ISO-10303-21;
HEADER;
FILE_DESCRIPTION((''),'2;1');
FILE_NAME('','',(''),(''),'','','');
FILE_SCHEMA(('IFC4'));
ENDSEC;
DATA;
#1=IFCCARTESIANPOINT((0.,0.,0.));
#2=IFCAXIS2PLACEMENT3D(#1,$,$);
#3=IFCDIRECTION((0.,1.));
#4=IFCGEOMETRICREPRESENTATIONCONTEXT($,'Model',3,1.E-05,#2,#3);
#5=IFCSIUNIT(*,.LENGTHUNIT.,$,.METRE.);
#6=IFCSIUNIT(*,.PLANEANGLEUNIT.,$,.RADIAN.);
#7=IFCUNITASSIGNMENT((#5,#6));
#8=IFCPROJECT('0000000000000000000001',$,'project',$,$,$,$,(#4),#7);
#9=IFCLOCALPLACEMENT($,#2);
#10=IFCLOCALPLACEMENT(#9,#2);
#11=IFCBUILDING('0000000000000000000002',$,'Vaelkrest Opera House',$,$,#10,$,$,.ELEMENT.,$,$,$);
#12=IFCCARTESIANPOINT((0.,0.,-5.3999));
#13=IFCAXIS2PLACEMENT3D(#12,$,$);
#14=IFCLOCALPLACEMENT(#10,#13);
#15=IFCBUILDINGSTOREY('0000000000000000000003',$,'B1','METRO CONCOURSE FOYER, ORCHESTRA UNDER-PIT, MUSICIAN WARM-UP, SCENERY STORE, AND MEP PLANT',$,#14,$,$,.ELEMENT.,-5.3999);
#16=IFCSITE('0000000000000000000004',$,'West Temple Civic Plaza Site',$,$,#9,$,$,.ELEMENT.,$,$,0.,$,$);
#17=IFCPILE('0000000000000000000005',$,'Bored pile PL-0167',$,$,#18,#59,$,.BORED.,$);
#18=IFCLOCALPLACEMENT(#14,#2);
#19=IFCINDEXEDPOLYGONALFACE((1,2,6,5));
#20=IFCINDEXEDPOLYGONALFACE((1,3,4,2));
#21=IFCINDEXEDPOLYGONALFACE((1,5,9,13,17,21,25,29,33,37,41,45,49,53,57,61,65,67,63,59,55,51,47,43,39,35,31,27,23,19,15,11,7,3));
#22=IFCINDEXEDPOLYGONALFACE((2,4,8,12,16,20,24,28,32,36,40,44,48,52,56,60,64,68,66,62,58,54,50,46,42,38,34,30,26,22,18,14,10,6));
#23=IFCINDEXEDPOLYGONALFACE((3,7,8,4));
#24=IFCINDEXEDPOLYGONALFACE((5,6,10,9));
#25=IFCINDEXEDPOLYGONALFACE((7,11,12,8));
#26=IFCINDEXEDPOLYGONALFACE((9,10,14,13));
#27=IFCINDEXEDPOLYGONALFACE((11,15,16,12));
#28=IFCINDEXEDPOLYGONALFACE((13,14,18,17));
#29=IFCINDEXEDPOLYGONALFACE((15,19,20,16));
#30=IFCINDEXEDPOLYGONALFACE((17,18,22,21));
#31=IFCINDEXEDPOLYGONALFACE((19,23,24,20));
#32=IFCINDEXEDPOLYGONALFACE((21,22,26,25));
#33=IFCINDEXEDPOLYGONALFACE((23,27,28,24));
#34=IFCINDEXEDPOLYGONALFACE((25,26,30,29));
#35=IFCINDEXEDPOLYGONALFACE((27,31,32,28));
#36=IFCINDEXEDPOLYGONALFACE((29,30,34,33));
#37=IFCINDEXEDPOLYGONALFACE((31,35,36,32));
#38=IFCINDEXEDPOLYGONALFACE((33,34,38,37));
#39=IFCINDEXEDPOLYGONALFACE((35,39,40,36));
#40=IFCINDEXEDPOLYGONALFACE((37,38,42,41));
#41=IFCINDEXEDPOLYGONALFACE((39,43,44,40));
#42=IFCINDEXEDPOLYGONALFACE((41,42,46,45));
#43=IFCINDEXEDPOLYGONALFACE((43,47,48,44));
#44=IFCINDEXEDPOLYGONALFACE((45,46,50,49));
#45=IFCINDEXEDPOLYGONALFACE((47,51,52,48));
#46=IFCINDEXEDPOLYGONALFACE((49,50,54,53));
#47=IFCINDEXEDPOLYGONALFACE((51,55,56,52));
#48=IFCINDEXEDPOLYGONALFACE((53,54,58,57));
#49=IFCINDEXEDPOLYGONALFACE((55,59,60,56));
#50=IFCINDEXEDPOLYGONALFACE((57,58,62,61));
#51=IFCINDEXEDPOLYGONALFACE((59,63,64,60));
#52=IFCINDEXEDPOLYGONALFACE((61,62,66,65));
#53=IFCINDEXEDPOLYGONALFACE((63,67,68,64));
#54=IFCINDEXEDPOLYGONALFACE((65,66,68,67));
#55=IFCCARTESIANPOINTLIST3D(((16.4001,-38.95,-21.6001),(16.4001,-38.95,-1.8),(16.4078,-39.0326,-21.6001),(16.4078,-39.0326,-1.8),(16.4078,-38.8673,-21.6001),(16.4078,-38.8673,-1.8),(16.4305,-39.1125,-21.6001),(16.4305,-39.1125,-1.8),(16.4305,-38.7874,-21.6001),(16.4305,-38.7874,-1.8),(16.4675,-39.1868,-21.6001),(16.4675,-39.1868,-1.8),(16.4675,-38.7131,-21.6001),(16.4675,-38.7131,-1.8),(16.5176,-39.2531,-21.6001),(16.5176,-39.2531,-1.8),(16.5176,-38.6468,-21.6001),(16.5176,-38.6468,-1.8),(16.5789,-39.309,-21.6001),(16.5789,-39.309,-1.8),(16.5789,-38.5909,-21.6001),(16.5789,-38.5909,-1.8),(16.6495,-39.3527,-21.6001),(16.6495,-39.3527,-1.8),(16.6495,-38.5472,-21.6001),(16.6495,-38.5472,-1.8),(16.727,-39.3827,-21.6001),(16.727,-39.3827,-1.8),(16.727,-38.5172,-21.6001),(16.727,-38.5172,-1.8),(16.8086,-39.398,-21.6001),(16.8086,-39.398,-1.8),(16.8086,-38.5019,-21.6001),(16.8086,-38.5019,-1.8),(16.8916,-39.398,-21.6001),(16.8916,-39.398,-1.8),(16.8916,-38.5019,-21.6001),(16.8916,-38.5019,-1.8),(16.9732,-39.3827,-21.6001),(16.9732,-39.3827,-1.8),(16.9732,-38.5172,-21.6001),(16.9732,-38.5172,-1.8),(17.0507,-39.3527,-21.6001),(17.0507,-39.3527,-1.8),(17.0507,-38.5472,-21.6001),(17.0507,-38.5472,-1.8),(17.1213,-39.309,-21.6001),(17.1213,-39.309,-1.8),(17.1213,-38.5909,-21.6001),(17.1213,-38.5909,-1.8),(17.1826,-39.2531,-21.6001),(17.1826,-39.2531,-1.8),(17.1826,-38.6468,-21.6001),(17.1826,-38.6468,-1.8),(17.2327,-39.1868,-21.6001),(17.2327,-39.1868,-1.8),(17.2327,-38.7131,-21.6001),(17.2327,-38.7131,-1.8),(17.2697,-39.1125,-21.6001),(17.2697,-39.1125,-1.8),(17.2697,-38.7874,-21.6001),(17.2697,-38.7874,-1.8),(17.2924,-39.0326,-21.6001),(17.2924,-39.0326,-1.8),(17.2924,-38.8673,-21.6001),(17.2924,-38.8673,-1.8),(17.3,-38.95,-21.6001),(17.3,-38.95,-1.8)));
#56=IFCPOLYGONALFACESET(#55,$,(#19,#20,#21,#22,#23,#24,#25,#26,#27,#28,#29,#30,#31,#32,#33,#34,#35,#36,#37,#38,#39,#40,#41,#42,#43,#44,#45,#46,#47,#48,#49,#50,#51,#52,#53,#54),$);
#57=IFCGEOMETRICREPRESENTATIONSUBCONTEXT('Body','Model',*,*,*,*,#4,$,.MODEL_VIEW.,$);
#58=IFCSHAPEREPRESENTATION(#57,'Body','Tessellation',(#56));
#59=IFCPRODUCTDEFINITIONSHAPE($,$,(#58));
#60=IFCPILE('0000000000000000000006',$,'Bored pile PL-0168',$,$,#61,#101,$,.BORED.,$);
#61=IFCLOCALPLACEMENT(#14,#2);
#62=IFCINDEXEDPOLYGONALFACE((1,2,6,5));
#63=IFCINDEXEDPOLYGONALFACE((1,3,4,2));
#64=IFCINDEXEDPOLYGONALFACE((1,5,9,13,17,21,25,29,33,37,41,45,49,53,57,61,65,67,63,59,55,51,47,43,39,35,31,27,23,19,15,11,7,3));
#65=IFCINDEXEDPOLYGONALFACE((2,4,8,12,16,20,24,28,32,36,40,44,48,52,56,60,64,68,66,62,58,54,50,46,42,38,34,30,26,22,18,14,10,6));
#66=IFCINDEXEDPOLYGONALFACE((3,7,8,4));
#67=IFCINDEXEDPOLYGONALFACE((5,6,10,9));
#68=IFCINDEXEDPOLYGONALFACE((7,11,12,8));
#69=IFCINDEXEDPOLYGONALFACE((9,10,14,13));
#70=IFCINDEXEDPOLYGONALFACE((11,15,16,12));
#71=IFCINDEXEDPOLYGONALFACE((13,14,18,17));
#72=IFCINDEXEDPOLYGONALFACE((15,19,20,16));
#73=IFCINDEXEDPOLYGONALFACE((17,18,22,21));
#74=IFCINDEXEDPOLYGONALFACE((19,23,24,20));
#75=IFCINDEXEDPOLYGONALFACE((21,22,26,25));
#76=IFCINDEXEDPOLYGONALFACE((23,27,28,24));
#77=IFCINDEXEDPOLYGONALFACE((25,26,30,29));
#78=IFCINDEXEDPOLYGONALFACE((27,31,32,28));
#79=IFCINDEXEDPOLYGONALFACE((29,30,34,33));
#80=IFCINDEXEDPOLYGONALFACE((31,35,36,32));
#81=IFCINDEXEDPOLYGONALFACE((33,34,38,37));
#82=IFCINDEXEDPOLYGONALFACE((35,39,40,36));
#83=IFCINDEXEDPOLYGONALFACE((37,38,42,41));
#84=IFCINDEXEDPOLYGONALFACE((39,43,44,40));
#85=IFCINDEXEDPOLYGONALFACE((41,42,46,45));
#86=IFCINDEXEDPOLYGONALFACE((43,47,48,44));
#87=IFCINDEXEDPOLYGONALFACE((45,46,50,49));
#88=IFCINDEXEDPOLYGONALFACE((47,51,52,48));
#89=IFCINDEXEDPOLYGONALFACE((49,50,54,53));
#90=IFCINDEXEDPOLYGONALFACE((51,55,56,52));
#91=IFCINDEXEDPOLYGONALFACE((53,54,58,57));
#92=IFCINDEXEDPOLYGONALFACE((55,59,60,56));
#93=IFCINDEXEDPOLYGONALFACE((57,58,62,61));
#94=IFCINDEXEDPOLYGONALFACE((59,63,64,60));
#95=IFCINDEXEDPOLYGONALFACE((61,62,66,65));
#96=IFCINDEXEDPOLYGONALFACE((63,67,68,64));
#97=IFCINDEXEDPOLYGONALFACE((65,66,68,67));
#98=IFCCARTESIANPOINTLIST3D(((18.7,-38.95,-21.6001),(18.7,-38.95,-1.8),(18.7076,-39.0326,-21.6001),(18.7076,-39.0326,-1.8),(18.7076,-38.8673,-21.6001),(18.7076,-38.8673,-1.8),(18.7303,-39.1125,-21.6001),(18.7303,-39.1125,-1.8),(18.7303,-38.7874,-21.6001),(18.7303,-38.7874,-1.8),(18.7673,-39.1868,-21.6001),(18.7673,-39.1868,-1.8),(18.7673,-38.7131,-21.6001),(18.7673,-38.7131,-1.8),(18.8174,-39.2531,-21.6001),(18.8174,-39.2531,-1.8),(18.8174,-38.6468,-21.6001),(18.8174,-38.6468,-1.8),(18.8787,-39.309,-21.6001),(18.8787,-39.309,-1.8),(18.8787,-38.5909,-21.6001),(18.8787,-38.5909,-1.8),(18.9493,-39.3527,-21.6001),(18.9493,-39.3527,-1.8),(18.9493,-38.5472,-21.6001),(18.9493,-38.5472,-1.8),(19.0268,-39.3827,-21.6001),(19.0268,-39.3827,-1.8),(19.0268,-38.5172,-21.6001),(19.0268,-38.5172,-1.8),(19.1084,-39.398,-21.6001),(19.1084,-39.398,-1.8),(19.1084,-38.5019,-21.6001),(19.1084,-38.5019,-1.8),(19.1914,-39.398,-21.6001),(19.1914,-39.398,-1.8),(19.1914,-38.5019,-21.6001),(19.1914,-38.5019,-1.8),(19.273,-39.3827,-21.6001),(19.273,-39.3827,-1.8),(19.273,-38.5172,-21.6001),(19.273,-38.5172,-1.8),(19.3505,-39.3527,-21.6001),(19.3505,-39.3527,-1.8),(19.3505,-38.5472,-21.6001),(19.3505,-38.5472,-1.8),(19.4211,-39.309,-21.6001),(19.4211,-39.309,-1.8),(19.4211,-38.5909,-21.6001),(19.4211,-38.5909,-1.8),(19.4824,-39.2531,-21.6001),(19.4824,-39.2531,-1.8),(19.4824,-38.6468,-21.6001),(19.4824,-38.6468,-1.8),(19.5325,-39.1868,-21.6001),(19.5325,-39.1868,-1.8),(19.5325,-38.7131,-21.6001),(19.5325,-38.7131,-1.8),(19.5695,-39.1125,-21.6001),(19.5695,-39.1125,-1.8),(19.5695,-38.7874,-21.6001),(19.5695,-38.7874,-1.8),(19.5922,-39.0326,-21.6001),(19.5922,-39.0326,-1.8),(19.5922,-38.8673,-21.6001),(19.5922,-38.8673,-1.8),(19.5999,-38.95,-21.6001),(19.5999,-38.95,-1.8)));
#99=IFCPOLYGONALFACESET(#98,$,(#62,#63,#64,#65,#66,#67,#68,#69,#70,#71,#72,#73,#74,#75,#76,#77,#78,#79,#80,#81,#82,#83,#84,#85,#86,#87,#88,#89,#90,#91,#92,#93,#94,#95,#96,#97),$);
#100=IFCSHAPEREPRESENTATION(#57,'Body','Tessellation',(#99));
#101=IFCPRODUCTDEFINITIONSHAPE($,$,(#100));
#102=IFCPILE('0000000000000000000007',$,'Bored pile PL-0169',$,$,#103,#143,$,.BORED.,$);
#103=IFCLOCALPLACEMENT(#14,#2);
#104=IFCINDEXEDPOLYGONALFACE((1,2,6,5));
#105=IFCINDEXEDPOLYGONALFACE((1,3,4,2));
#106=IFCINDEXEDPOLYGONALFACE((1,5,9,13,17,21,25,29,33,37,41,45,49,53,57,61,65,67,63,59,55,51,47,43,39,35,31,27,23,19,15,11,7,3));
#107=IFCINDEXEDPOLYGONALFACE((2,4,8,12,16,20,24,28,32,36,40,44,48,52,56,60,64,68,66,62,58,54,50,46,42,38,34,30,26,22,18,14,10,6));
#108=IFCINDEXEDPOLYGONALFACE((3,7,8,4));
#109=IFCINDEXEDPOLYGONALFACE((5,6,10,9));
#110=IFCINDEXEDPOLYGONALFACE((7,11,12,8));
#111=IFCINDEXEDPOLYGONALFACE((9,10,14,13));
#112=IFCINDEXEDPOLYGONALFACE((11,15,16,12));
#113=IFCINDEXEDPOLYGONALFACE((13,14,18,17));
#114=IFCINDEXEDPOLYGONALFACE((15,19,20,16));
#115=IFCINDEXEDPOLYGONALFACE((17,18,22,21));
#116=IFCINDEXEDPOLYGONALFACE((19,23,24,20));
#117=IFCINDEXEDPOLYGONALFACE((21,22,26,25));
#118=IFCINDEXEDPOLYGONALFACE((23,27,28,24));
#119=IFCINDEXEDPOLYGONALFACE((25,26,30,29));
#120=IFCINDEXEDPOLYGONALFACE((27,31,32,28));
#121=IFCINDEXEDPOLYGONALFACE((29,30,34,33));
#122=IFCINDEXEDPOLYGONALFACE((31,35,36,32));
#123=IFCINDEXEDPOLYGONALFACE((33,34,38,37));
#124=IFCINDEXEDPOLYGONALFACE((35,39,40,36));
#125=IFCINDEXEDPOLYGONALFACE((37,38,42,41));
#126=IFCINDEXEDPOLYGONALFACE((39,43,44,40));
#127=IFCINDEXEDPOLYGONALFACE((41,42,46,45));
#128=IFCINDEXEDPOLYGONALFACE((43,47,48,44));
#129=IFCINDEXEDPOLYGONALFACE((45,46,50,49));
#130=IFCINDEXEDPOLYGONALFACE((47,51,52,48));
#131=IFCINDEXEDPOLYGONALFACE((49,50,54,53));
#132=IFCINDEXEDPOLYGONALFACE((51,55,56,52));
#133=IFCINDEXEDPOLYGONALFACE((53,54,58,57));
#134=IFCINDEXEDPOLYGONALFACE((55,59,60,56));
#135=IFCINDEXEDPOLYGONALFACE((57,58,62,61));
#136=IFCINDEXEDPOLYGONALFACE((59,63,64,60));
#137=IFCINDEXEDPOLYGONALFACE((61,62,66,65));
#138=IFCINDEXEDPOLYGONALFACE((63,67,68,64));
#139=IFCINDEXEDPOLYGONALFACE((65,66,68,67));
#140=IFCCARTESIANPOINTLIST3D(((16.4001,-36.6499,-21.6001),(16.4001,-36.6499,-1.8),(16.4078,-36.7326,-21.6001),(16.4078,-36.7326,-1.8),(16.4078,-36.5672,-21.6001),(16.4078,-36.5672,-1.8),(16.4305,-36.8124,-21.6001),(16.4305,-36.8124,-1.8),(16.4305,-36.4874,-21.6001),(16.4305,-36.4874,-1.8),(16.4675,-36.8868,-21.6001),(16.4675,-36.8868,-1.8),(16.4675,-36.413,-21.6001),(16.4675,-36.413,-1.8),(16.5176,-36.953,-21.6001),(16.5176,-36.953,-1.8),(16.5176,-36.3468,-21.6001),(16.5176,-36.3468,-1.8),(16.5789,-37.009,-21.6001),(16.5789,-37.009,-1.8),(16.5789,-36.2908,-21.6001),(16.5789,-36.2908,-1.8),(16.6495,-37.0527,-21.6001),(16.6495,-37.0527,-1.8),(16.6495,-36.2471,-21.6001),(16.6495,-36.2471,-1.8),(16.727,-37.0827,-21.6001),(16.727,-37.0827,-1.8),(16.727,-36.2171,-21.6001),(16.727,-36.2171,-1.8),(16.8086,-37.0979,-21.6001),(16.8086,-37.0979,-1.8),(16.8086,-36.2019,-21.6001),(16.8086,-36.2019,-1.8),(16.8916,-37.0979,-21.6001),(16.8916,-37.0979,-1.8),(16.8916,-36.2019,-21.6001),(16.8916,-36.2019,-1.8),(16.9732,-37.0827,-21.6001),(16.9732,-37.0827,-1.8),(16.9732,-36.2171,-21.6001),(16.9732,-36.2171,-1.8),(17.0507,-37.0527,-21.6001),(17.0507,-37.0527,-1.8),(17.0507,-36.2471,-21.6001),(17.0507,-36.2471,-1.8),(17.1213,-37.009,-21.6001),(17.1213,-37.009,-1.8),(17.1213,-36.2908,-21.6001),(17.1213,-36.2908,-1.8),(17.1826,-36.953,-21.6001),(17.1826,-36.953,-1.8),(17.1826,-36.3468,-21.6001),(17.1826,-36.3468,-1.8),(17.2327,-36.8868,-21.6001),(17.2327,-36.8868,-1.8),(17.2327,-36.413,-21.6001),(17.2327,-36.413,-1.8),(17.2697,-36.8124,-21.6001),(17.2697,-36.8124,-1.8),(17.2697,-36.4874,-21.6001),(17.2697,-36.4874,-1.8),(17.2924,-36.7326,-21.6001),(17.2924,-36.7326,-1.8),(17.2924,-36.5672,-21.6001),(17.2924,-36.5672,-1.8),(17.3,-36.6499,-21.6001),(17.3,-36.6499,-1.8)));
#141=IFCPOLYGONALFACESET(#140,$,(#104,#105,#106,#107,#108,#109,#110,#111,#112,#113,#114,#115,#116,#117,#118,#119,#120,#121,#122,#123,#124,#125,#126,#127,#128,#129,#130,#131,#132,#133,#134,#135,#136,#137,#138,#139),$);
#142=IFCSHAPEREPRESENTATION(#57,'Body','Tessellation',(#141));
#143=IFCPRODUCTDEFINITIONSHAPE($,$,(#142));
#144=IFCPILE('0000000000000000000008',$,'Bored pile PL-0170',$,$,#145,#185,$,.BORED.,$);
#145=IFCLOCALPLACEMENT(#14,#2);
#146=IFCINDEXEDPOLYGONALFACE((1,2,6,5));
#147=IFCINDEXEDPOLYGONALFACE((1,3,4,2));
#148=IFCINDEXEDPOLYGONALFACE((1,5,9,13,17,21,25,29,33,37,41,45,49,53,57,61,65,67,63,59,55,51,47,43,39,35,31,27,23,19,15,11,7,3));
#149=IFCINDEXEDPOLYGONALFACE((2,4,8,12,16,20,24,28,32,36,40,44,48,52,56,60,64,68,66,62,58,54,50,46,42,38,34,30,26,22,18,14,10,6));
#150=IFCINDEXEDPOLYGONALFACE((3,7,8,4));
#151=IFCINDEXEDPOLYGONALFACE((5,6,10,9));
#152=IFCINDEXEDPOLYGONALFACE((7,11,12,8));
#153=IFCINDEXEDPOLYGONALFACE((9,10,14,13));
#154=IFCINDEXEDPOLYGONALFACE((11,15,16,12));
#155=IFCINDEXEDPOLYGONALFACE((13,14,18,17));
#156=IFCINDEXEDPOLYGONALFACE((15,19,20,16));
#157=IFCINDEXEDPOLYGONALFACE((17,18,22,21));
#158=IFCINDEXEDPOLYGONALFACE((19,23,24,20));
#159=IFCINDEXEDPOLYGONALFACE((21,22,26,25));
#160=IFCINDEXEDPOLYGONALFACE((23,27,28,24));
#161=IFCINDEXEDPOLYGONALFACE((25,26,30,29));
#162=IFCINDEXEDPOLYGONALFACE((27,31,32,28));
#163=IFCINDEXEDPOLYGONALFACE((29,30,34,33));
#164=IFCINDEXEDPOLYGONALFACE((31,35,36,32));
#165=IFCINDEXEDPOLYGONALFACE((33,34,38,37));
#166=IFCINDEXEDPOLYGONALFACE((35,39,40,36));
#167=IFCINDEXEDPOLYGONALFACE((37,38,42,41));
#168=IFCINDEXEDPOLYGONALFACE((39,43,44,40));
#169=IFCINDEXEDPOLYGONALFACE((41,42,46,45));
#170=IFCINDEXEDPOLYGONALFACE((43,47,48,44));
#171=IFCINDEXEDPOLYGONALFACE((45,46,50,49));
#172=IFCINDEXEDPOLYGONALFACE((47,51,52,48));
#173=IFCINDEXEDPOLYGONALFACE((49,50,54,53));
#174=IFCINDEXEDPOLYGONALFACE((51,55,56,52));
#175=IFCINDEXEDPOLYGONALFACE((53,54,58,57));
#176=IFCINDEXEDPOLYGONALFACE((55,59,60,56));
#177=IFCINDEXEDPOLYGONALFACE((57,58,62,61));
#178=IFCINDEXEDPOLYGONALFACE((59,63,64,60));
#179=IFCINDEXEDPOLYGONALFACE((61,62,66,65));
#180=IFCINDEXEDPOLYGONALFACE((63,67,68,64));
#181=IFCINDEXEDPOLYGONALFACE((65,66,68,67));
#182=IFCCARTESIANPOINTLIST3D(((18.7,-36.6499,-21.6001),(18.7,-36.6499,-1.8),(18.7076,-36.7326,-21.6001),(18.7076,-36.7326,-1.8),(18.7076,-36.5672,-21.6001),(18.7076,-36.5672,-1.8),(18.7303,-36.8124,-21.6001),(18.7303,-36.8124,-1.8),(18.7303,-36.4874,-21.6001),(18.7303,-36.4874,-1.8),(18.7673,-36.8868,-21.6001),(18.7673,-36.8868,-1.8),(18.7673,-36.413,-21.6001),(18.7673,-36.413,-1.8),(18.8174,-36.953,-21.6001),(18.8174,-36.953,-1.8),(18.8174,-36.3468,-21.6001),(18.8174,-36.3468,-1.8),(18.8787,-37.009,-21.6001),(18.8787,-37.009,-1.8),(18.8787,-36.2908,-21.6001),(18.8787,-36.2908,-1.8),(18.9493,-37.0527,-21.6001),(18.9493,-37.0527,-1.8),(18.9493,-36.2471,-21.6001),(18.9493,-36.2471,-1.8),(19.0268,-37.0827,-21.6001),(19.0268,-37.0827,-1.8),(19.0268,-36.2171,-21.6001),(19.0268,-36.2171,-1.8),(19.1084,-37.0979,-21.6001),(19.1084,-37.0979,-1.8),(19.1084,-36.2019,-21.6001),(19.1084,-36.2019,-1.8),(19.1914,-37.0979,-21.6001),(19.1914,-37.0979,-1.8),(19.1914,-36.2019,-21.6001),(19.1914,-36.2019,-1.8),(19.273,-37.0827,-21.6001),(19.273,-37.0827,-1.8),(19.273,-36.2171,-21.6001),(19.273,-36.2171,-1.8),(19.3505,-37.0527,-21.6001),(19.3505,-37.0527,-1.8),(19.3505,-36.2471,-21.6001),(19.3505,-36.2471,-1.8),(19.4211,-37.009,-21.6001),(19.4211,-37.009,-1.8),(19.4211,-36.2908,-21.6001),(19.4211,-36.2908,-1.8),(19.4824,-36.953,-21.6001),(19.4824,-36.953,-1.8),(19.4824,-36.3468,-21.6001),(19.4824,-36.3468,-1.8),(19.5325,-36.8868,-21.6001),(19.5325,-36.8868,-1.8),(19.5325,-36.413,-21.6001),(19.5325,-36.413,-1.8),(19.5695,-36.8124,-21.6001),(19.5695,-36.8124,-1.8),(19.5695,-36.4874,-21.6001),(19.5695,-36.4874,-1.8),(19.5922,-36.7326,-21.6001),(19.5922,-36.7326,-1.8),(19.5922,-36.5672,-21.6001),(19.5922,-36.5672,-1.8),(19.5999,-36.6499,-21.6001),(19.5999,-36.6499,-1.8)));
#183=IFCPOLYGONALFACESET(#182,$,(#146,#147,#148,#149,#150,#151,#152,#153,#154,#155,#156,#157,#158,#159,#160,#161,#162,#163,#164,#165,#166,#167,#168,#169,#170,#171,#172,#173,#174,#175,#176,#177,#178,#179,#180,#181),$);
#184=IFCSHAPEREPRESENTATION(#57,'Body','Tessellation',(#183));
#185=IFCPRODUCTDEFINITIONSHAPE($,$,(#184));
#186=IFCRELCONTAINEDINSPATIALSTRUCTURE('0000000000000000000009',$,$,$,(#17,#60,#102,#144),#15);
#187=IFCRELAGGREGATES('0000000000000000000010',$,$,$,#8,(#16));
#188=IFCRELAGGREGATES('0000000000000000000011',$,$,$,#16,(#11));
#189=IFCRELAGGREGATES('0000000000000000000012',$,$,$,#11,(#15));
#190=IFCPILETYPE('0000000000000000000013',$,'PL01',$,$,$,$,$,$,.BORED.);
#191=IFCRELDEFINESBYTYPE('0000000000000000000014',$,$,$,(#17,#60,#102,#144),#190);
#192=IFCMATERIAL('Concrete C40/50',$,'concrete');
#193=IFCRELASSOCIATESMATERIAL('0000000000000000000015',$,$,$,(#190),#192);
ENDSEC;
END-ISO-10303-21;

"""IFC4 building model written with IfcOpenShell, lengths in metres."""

from ifc_helpers import new_model, si_unit, direction, frame, origin, origin_2d, place, context, subcontext, project, spatial, circle, extrude, material, material_profile, profile_set, type_object, element, save


model = new_model("IFC4")

# Units and contexts
model_context = context("Model", 3, precision=1e-05, world=origin(), true_north=direction((0.0, 1.0)))
body_context = subcontext(model_context, "Body", "Model", "MODEL_VIEW")
ifc_project = project(units=[si_unit("LENGTHUNIT", "METRE"), si_unit("PLANEANGLEUNIT", "RADIAN")], contexts=[model_context])

# Site, building, storey
site_placement = place(None, origin())
site = spatial("IfcSite", under=ifc_project, at=site_placement, Name="West Temple Civic Plaza Site", CompositionType="ELEMENT", RefElevation=0.0)
building_placement = place(site_placement, origin())
building = spatial("IfcBuilding", under=site, at=building_placement, Name="Vaelkrest Opera House", CompositionType="ELEMENT")
storey_placement = place(building_placement, frame((0.0, 0.0, -5.3999)))
storey = spatial("IfcBuildingStorey", under=building, at=storey_placement, Name="B1", Description="METRO CONCOURSE FOYER, ORCHESTRA UNDER-PIT, MUSICIAN WARM-UP, SCENERY STORE, AND MEP PLANT", CompositionType="ELEMENT", Elevation=-5.3999)

# Shared definitions
ifc_material_1 = material(Name="Concrete C40/50", Category="concrete")

# Piles
ifc_material_profile_1 = material_profile(ifc_material_1, circle(Radius=0.45, at=origin_2d()), Name="PILE900")
ifc_profile_set_1 = profile_set([ifc_material_profile_1], Name="Concrete C40/50")
pile_type = type_object("IfcPileType", Name="PL01", PredefinedType="BORED", material=ifc_profile_set_1)
for number, where, z_axis, x_axis, name in (
    (1, (16.8501, -38.95, -1.8), (0.0, 0.0, -1.0), (1.0, 0.0, 0.0), "Bored pile PL-0167"),
    (2, (19.1499, -38.95, -1.8), (0.0, 0.0, -1.0), (1.0, 0.0, 0.0), "Bored pile PL-0168"),
    (3, (16.8501, -36.6499, -1.8), (0.0, 0.0, -1.0), (1.0, 0.0, 0.0), "Bored pile PL-0169"),
    (4, (19.1499, -36.6499, -1.8), (0.0, 0.0, -1.0), (1.0, 0.0, 0.0), "Bored pile PL-0170"),
):
    element("IfcPile", number, at=place(storey_placement, frame(where, z_axis=z_axis, x_axis=x_axis)), inside=storey, type_object=pile_type, Name=name, PredefinedType="BORED", context=body_context, shape_type="SweptSolid", body=[
        extrude(circle(Radius=0.45, at=origin_2d()), origin(), (0.0, 0.0, 1.0), 19.8),
    ])

save(model, "model.ifc")
